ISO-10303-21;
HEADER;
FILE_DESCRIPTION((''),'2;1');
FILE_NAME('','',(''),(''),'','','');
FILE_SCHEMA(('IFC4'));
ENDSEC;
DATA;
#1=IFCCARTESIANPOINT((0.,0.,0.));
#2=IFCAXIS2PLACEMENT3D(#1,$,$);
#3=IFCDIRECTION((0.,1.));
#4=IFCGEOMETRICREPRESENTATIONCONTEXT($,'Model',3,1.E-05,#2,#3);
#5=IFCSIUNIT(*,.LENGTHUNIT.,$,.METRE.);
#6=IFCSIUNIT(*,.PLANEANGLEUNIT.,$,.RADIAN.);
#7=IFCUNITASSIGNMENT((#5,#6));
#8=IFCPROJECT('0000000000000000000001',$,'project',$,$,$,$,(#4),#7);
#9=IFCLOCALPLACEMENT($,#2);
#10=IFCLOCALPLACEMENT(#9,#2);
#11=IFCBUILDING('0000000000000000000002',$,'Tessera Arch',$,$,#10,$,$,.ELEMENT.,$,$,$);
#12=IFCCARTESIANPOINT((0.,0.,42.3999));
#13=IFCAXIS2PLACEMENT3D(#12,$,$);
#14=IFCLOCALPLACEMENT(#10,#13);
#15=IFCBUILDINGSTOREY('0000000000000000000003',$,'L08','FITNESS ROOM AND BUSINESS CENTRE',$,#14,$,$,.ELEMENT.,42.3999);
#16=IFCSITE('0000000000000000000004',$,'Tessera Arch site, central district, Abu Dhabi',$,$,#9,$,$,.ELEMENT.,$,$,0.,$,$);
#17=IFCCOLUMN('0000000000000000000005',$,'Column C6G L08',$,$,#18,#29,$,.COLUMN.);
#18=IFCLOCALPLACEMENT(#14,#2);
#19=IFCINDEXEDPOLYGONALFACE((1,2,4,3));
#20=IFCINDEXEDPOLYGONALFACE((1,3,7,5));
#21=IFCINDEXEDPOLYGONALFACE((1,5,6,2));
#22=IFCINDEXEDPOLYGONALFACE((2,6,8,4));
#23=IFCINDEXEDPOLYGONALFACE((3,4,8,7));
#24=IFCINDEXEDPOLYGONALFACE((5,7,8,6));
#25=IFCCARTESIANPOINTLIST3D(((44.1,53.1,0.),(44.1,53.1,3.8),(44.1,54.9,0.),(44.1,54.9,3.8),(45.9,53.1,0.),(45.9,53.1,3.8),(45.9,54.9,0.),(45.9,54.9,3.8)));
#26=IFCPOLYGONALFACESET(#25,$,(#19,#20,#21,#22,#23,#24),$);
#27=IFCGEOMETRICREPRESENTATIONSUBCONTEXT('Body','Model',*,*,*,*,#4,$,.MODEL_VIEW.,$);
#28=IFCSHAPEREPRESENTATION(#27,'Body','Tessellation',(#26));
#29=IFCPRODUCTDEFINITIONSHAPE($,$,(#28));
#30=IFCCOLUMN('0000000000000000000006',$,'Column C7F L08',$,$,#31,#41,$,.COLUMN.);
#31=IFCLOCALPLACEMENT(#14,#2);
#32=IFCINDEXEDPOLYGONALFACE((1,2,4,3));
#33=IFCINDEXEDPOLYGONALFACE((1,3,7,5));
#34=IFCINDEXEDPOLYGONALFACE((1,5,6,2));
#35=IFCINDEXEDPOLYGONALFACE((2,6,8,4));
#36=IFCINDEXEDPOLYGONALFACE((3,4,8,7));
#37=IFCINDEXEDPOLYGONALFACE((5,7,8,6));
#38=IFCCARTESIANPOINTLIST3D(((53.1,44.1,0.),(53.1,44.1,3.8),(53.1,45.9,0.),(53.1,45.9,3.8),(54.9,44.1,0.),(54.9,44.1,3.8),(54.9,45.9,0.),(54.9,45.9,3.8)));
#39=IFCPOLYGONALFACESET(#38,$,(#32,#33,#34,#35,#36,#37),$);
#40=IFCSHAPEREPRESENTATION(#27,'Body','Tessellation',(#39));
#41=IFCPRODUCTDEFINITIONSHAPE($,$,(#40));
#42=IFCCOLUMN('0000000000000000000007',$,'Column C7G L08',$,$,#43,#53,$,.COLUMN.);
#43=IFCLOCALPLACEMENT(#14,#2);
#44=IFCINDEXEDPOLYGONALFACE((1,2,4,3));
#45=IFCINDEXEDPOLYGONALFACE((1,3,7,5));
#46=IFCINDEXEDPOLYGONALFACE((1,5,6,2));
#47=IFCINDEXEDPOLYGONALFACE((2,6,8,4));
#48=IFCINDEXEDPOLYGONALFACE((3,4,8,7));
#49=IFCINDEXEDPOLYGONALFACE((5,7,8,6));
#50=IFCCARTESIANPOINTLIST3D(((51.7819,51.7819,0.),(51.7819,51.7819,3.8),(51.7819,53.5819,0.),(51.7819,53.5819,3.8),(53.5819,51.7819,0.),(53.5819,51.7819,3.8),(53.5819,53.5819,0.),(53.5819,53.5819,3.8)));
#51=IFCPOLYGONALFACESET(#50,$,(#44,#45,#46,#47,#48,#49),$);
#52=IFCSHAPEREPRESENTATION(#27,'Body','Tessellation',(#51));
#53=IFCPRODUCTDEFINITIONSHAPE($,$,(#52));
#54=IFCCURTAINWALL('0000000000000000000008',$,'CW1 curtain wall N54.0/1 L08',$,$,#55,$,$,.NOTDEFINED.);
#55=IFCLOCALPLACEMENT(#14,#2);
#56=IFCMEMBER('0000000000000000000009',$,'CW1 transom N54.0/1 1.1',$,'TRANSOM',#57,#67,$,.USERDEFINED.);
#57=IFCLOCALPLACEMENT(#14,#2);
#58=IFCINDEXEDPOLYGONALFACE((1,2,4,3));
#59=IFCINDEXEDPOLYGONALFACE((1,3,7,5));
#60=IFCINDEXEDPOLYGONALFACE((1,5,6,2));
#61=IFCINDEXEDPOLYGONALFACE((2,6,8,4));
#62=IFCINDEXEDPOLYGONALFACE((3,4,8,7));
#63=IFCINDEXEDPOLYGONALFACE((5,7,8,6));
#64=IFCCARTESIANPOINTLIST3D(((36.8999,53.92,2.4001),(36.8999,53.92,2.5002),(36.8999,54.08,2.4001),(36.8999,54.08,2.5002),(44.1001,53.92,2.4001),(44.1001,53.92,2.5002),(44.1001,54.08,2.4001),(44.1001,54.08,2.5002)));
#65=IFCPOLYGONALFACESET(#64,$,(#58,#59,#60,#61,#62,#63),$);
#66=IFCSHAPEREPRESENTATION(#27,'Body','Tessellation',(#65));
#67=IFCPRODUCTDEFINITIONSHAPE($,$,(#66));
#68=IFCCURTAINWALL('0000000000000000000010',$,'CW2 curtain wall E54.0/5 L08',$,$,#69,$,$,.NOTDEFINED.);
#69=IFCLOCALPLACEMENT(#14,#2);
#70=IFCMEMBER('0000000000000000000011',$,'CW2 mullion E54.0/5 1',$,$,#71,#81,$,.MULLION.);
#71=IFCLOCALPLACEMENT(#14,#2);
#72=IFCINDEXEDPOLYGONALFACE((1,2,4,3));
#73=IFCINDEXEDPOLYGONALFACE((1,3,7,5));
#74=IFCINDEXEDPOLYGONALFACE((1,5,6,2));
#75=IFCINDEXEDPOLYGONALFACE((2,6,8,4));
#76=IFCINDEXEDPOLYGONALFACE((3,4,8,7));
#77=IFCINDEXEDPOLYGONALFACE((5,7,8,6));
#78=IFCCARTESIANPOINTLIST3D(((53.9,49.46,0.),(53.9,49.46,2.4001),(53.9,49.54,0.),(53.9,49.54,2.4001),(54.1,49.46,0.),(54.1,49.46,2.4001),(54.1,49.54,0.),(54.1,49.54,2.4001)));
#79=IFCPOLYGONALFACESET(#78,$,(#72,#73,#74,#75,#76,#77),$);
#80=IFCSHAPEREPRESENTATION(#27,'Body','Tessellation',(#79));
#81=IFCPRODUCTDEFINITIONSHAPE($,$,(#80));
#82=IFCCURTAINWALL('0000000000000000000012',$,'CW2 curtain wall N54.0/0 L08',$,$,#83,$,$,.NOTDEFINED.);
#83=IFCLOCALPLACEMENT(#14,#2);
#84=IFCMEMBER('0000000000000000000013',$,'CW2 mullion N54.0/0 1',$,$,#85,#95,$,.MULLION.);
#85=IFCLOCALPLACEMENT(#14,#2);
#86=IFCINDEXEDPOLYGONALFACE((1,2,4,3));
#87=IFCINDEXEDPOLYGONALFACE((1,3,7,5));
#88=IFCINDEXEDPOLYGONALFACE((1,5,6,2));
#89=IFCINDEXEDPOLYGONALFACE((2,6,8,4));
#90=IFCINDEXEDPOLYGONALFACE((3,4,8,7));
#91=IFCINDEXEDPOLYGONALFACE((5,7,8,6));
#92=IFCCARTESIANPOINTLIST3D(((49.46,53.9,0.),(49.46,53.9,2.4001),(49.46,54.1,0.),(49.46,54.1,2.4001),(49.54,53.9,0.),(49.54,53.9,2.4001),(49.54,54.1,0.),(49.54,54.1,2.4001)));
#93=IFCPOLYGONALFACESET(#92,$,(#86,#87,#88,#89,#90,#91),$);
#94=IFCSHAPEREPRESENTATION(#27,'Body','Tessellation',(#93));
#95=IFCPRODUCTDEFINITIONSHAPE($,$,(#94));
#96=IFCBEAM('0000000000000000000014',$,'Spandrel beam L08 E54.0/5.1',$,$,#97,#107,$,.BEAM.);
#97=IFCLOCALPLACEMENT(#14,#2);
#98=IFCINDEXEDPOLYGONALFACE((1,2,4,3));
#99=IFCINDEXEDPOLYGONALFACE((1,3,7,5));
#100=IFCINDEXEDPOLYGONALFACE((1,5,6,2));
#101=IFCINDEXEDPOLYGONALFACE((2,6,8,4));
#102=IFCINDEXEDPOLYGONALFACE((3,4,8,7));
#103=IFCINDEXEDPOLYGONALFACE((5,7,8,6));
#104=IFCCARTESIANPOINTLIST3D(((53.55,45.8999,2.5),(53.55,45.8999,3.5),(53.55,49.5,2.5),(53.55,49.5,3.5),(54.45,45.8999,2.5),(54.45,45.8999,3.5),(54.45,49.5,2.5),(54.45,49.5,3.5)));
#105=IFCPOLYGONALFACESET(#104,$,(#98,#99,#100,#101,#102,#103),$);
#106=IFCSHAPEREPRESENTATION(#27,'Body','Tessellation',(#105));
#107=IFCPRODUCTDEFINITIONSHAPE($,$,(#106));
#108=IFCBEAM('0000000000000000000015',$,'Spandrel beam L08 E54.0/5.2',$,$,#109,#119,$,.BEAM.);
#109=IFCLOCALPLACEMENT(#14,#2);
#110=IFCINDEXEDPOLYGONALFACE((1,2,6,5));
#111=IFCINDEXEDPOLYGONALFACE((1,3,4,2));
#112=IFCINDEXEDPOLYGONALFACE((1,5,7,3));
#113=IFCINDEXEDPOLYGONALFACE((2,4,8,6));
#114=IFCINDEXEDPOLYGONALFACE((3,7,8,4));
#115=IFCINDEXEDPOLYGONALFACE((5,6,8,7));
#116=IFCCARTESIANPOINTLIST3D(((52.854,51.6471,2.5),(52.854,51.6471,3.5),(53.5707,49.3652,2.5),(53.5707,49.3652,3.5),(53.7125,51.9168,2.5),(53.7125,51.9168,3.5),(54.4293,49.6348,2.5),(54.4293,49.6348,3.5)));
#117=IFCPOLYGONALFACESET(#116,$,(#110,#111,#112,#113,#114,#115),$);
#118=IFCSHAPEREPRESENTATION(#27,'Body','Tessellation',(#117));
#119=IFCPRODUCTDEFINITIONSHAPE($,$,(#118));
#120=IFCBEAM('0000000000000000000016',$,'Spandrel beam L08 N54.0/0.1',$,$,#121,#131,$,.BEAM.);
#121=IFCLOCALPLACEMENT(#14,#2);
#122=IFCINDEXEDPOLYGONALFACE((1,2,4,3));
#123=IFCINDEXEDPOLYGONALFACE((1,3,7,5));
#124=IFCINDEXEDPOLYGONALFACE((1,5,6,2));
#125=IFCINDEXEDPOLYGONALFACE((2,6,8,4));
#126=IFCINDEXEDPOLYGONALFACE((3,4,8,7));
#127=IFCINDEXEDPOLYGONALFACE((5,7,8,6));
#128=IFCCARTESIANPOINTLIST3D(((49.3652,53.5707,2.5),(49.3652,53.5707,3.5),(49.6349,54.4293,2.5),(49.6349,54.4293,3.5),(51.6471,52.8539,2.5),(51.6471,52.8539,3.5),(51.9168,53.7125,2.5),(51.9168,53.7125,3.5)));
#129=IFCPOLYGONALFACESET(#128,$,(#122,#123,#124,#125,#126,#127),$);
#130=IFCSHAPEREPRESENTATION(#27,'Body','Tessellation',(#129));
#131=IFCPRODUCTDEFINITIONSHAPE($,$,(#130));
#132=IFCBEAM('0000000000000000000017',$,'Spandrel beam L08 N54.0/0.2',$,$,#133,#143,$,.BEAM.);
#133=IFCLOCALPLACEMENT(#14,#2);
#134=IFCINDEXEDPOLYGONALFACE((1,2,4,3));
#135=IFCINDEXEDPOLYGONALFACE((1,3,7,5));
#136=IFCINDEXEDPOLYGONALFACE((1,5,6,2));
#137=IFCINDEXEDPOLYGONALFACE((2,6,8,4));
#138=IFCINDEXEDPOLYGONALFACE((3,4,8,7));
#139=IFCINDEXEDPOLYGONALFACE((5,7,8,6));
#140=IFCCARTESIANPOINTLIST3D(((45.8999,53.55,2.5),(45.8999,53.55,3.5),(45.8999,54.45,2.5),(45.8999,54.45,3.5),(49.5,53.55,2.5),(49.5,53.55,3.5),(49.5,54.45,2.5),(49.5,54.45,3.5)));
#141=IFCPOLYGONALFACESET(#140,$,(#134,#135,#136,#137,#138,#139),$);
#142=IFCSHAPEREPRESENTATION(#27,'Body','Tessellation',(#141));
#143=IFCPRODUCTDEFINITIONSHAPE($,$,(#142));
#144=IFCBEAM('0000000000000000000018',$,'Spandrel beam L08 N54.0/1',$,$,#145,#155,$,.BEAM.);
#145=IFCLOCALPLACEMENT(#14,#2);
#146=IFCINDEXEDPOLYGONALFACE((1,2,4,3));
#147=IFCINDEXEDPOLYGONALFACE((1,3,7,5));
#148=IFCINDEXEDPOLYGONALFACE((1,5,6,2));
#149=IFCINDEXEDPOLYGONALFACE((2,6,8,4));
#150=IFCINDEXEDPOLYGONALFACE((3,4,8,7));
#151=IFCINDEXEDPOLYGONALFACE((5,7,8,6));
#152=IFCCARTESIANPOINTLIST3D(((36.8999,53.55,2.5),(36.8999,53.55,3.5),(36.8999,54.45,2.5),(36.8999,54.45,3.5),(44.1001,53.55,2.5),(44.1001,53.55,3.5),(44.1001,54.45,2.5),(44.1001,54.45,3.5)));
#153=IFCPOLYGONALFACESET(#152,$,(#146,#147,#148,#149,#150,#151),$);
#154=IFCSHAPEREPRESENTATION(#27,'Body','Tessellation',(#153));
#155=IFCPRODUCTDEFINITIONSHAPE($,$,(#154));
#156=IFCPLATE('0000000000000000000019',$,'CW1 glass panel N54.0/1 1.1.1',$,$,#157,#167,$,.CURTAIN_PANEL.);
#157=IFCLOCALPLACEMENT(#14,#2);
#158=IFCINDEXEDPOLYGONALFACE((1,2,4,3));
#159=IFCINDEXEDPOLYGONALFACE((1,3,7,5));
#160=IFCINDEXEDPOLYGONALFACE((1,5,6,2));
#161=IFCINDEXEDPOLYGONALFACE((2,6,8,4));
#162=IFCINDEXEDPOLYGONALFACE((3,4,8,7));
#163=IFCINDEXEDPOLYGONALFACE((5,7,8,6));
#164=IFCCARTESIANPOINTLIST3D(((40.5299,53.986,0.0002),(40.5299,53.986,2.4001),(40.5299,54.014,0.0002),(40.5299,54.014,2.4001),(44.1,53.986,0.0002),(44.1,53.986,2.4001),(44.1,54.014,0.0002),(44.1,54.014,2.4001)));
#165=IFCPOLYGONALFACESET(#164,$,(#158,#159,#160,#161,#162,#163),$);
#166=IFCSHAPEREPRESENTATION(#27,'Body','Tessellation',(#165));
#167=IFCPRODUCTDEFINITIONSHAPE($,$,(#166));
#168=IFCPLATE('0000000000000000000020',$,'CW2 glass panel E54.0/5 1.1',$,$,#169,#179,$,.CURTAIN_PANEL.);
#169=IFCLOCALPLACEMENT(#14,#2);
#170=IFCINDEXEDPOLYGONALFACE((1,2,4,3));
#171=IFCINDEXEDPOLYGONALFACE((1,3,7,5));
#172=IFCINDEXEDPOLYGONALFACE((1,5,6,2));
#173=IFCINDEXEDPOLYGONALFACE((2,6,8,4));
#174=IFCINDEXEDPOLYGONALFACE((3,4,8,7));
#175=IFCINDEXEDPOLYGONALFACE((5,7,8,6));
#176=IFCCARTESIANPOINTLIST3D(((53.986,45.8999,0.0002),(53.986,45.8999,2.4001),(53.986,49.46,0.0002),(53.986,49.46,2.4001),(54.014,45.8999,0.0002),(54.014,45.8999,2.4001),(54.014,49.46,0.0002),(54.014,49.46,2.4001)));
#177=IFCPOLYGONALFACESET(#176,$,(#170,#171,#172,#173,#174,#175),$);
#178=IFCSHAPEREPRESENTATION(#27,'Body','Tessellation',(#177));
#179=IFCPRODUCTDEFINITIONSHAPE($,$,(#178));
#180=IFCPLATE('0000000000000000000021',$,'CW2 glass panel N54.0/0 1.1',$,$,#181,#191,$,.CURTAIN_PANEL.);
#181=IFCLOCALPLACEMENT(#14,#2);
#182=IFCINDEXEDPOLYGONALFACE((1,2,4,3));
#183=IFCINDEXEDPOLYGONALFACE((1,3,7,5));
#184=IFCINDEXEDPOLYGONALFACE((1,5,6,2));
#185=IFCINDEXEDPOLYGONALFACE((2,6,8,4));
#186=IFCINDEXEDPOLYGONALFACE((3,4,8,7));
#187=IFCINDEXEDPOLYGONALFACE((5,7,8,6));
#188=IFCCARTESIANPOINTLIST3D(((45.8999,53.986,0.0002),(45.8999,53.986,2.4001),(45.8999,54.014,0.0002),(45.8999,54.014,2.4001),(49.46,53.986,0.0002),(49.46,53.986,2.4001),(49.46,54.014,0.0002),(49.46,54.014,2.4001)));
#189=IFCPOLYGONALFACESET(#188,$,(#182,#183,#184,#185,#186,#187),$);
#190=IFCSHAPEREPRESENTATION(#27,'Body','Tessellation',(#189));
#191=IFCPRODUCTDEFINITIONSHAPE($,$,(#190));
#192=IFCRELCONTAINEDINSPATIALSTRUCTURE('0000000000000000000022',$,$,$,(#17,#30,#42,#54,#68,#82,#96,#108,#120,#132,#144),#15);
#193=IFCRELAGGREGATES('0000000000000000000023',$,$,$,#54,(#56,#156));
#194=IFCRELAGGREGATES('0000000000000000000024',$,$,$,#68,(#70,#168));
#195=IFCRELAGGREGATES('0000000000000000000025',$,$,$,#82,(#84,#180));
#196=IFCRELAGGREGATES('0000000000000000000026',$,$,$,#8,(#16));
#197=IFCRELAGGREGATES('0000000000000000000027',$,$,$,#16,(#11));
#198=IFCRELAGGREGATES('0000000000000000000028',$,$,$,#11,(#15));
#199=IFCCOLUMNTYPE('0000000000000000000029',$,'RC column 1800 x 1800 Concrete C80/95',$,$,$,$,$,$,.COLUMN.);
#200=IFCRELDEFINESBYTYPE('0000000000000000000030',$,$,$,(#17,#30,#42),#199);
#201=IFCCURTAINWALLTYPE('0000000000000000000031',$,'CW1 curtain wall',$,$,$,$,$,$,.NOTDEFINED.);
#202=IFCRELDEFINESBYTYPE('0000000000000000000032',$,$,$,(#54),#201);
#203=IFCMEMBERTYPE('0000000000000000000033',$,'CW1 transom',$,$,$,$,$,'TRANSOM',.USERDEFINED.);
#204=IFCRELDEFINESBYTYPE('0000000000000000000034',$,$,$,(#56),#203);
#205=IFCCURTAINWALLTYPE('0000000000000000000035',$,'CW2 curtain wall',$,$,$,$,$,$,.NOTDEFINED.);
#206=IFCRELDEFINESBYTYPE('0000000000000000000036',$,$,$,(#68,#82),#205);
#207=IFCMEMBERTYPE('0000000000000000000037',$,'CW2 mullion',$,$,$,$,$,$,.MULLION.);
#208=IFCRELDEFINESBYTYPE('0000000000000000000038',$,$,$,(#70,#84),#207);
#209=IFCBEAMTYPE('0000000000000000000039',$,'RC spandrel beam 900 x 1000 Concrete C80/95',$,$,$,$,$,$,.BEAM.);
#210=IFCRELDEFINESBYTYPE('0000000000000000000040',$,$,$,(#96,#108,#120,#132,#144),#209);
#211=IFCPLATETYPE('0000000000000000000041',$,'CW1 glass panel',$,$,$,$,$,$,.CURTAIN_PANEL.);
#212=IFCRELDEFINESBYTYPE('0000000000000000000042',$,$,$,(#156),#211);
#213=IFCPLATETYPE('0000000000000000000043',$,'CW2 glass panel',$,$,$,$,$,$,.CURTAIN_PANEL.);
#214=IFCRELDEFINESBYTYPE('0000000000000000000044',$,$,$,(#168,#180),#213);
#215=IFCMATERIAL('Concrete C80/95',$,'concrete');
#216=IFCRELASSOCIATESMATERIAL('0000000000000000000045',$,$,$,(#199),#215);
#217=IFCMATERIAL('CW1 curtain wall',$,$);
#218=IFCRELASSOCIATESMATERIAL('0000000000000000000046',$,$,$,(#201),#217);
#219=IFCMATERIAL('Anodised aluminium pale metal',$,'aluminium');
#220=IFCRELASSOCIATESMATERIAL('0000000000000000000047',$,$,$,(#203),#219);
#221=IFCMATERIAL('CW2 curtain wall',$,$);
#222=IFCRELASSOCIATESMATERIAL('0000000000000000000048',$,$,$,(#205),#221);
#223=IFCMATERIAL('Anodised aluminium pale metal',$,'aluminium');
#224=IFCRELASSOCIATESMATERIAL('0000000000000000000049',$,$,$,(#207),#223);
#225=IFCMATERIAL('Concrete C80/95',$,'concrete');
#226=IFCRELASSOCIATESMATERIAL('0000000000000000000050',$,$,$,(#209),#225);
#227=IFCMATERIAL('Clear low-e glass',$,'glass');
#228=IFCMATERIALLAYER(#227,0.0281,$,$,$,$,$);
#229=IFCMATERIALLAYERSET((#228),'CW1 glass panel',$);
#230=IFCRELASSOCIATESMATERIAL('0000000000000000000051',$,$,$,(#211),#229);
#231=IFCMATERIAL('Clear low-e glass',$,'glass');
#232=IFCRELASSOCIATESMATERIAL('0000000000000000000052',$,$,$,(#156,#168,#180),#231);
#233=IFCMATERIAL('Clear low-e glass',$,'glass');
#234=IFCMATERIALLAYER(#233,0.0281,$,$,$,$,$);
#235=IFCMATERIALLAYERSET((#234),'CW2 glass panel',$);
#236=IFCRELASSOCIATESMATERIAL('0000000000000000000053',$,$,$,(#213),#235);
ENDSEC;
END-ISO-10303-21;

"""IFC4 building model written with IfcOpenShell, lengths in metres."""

from ifc_helpers import new_model, si_unit, direction, frame, origin, origin_2d, place, context, subcontext, project, spatial, rectangle, extrude, material, layer, layer_set, material_profile, profile_set, type_object, element, aggregate, save


model = new_model("IFC4")

# Units and contexts
model_context = context("Model", 3, precision=1e-05, world=origin(), true_north=direction((0.0, 1.0)))
body_context = subcontext(model_context, "Body", "Model", "MODEL_VIEW")
ifc_project = project(units=[si_unit("LENGTHUNIT", "METRE"), si_unit("PLANEANGLEUNIT", "RADIAN")], contexts=[model_context])

# Site, building, storey
site_placement = place(None, origin())
site = spatial("IfcSite", under=ifc_project, at=site_placement, Name="Tessera Arch site, central district, Abu Dhabi", CompositionType="ELEMENT", RefElevation=0.0)
building_placement = place(site_placement, origin())
building = spatial("IfcBuilding", under=site, at=building_placement, Name="Tessera Arch", CompositionType="ELEMENT")
storey_placement = place(building_placement, frame((0.0, 0.0, 42.3999)))
storey = spatial("IfcBuildingStorey", under=building, at=storey_placement, Name="L08", Description="FITNESS ROOM AND BUSINESS CENTRE", CompositionType="ELEMENT", Elevation=42.3999)

# Columns
ifc_material_1 = material(Name="Concrete C80/95", Category="concrete")
ifc_material_profile_1 = material_profile(ifc_material_1, rectangle(XDim=1.8, YDim=1.8, at=origin_2d()), Name="RC column 1800 x 1800 Concrete C80/95")
ifc_profile_set_1 = profile_set([ifc_material_profile_1], Name="Concrete C80/95")
column_type = type_object("IfcColumnType", Name="RC column 1800 x 1800 Concrete C80/95", PredefinedType="COLUMN", material=ifc_profile_set_1)
for number, where, z_axis, x_axis, name in (
    (1, (45.0, 54.0, 0.0), (0.0, 0.0, 1.0), (1.0, 0.0, 0.0), "Column C6G L08"),
    (2, (54.0, 45.0, 0.0), (0.0, 0.0, 1.0), (1.0, 0.0, 0.0), "Column C7F L08"),
    (3, (52.6819, 52.6819, 0.0), (0.0, 0.0, 1.0), (1.0, 0.0, 0.0), "Column C7G L08"),
):
    element("IfcColumn", number, at=place(storey_placement, frame(where, z_axis=z_axis, x_axis=x_axis)), inside=storey, type_object=column_type, Name=name, PredefinedType="COLUMN", context=body_context, shape_type="SweptSolid", body=[
        extrude(rectangle(XDim=1.8, YDim=1.8, at=origin_2d()), origin(), (0.0, 0.0, 1.0), 3.8),
    ])

# Curtain walls, members
ifc_material_2 = material(Name="CW1 curtain wall")
curtain_wall_type_1 = type_object("IfcCurtainWallType", Name="CW1 curtain wall", PredefinedType="NOTDEFINED", material=ifc_material_2)
curtain_wall_1_placement = place(storey_placement, origin())
curtain_wall_1 = element("IfcCurtainWall", 4, at=curtain_wall_1_placement, inside=storey, type_object=curtain_wall_type_1, Name="CW1 curtain wall N54.0/1 L08", PredefinedType="NOTDEFINED")
ifc_material_3 = material(Name="Anodised aluminium pale metal", Category="aluminium")
ifc_material_profile_2 = material_profile(ifc_material_3, rectangle(XDim=0.1599, YDim=0.1001, at=origin_2d()), Name="AL 160x100")
ifc_profile_set_2 = profile_set([ifc_material_profile_2], Name="Anodised aluminium pale metal")
member_type_1 = type_object("IfcMemberType", Name="CW1 transom", ElementType="TRANSOM", PredefinedType="USERDEFINED", material=ifc_profile_set_2)
member_1_placement = place(storey_placement, frame((44.1001, 54.0, 2.4502), z_axis=(-1.0, 0.0, 0.0), x_axis=(0.0, -1.0, 0.0)))
member_1 = element("IfcMember", 5, at=member_1_placement, type_object=member_type_1, Name="CW1 transom N54.0/1 1.1", ObjectType="TRANSOM", PredefinedType="USERDEFINED", context=body_context, shape_type="SweptSolid", body=[
    extrude(rectangle(XDim=0.1599, YDim=0.1001, at=origin_2d()), origin(), (0.0, 0.0, 1.0), 7.2002),
])
ifc_material_4 = material(Name="CW2 curtain wall")
curtain_wall_type_2 = type_object("IfcCurtainWallType", Name="CW2 curtain wall", PredefinedType="NOTDEFINED", material=ifc_material_4)
curtain_wall_2_placement = place(storey_placement, origin())
curtain_wall_2 = element("IfcCurtainWall", 6, at=curtain_wall_2_placement, inside=storey, type_object=curtain_wall_type_2, Name="CW2 curtain wall E54.0/5 L08", PredefinedType="NOTDEFINED")
ifc_material_5 = material(Name="Anodised aluminium pale metal", Category="aluminium")
ifc_material_profile_3 = material_profile(ifc_material_5, rectangle(XDim=0.2, YDim=0.0801, at=origin_2d()), Name="AL 80x200")
ifc_profile_set_3 = profile_set([ifc_material_profile_3], Name="Anodised aluminium pale metal")
member_type_2 = type_object("IfcMemberType", Name="CW2 mullion", PredefinedType="MULLION", material=ifc_profile_set_3)
member_2_placement = place(storey_placement, frame((54.0, 49.5, 0.0), z_axis=(0.0, 0.0, 1.0), x_axis=(-1.0, 0.0, 0.0)))
member_2 = element("IfcMember", 7, at=member_2_placement, type_object=member_type_2, Name="CW2 mullion E54.0/5 1", PredefinedType="MULLION", context=body_context, shape_type="SweptSolid", body=[
    extrude(rectangle(XDim=0.2, YDim=0.0801, at=origin_2d()), origin(), (0.0, 0.0, 1.0), 2.4001),
])
curtain_wall_3_placement = place(storey_placement, origin())
curtain_wall_3 = element("IfcCurtainWall", 8, at=curtain_wall_3_placement, inside=storey, type_object=curtain_wall_type_2, Name="CW2 curtain wall N54.0/0 L08", PredefinedType="NOTDEFINED")
member_3_placement = place(storey_placement, frame((49.5, 54.0, 0.0), z_axis=(0.0, 0.0, 1.0), x_axis=(0.0, -1.0, 0.0)))
member_3 = element("IfcMember", 9, at=member_3_placement, type_object=member_type_2, Name="CW2 mullion N54.0/0 1", PredefinedType="MULLION", context=body_context, shape_type="SweptSolid", body=[
    extrude(rectangle(XDim=0.2, YDim=0.0801, at=origin_2d()), origin(), (0.0, 0.0, 1.0), 2.4001),
])

# Beams
ifc_material_6 = material(Name="Concrete C80/95", Category="concrete")
ifc_material_profile_4 = material_profile(ifc_material_6, rectangle(XDim=0.8999, YDim=1.0, at=origin_2d()), Name="RC spandrel beam 900 x 1000 Concrete C80/95")
ifc_profile_set_4 = profile_set([ifc_material_profile_4], Name="Concrete C80/95")
beam_type = type_object("IfcBeamType", Name="RC spandrel beam 900 x 1000 Concrete C80/95", PredefinedType="BEAM", material=ifc_profile_set_4)
beam_1_placement = place(storey_placement, frame((54.0, 45.8999, 3.0), z_axis=(0.0, 1.0, 0.0), x_axis=(-1.0, 0.0, 0.0)))
element("IfcBeam", 10, at=beam_1_placement, inside=storey, type_object=beam_type, Name="Spandrel beam L08 E54.0/5.1", PredefinedType="BEAM", context=body_context, shape_type="SweptSolid", body=[
    extrude(rectangle(XDim=0.8999, YDim=1.0, at=origin_2d()), origin(), (0.0, 0.0, 1.0), 3.6001),
])
for number, where, z_axis, x_axis, name in (
    (11, (54.0, 49.5, 3.0), (-0.299675, 0.954041, 0.0), (-0.954041, -0.299675, 0.0), "Spandrel beam L08 E54.0/5.2"),
    (12, (51.782, 53.2832, 3.0), (-0.954041, 0.299675, 0.0), (-0.299675, -0.954041, 0.0), "Spandrel beam L08 N54.0/0.1"),
):
    element("IfcBeam", number, at=place(storey_placement, frame(where, z_axis=z_axis, x_axis=x_axis)), inside=storey, type_object=beam_type, Name=name, PredefinedType="BEAM", context=body_context, shape_type="SweptSolid", body=[
        extrude(rectangle(XDim=0.8999, YDim=1.0, at=origin_2d()), origin(), (0.0, 0.0, 1.0), 2.3918),
    ])
beam_2_placement = place(storey_placement, frame((49.5, 54.0, 3.0), z_axis=(-1.0, 0.0, 0.0), x_axis=(0.0, -1.0, 0.0)))
element("IfcBeam", 13, at=beam_2_placement, inside=storey, type_object=beam_type, Name="Spandrel beam L08 N54.0/0.2", PredefinedType="BEAM", context=body_context, shape_type="SweptSolid", body=[
    extrude(rectangle(XDim=0.8999, YDim=1.0, at=origin_2d()), origin(), (0.0, 0.0, 1.0), 3.6001),
])
beam_3_placement = place(storey_placement, frame((44.1001, 54.0, 3.0), z_axis=(-1.0, 0.0, 0.0), x_axis=(0.0, -1.0, 0.0)))
element("IfcBeam", 14, at=beam_3_placement, inside=storey, type_object=beam_type, Name="Spandrel beam L08 N54.0/1", PredefinedType="BEAM", context=body_context, shape_type="SweptSolid", body=[
    extrude(rectangle(XDim=0.8999, YDim=1.0, at=origin_2d()), origin(), (0.0, 0.0, 1.0), 7.2002),
])

# Plates
ifc_material_7 = material(Name="Clear low-e glass", Category="glass")
ifc_material_8 = material(Name="Clear low-e glass", Category="glass")
ifc_layer_1 = layer(ifc_material_8, 0.0281)
ifc_layer_set_1 = layer_set([ifc_layer_1], Name="CW1 glass panel")
plate_type_1 = type_object("IfcPlateType", Name="CW1 glass panel", PredefinedType="CURTAIN_PANEL", material=ifc_layer_set_1)
plate_1_placement = place(storey_placement, frame((42.3149, 54.0, 0.0002), z_axis=(0.0, 0.0, 1.0), x_axis=(-1.0, 0.0, 0.0)))
plate_1 = element("IfcPlate", 15, at=plate_1_placement, type_object=plate_type_1, material=ifc_material_7, Name="CW1 glass panel N54.0/1 1.1.1", PredefinedType="CURTAIN_PANEL", context=body_context, shape_type="SweptSolid", body=[
    extrude(rectangle(XDim=3.5701, YDim=0.0281, at=origin_2d()), origin(), (0.0, 0.0, 1.0), 2.3999),
])
aggregate(curtain_wall_1, [member_1, plate_1])
ifc_material_9 = material(Name="Clear low-e glass", Category="glass")
ifc_layer_2 = layer(ifc_material_9, 0.0281)
ifc_layer_set_2 = layer_set([ifc_layer_2], Name="CW2 glass panel")
plate_type_2 = type_object("IfcPlateType", Name="CW2 glass panel", PredefinedType="CURTAIN_PANEL", material=ifc_layer_set_2)
plate_2_placement = place(storey_placement, frame((54.0, 47.6799, 0.0002), z_axis=(0.0, 0.0, 1.0), x_axis=(0.0, 1.0, 0.0)))
plate_2 = element("IfcPlate", 16, at=plate_2_placement, type_object=plate_type_2, material=ifc_material_7, Name="CW2 glass panel E54.0/5 1.1", PredefinedType="CURTAIN_PANEL", context=body_context, shape_type="SweptSolid", body=[
    extrude(rectangle(XDim=3.5601, YDim=0.0281, at=origin_2d()), origin(), (0.0, 0.0, 1.0), 2.3999),
])
aggregate(curtain_wall_2, [member_2, plate_2])
plate_3_placement = place(storey_placement, frame((47.6799, 54.0, 0.0002), z_axis=(0.0, 0.0, 1.0), x_axis=(-1.0, 0.0, 0.0)))
plate_3 = element("IfcPlate", 17, at=plate_3_placement, type_object=plate_type_2, material=ifc_material_7, Name="CW2 glass panel N54.0/0 1.1", PredefinedType="CURTAIN_PANEL", context=body_context, shape_type="SweptSolid", body=[
    extrude(rectangle(XDim=3.5601, YDim=0.0281, at=origin_2d()), origin(), (0.0, 0.0, 1.0), 2.3999),
])
aggregate(curtain_wall_3, [member_3, plate_3])

save(model, "model.ifc")
